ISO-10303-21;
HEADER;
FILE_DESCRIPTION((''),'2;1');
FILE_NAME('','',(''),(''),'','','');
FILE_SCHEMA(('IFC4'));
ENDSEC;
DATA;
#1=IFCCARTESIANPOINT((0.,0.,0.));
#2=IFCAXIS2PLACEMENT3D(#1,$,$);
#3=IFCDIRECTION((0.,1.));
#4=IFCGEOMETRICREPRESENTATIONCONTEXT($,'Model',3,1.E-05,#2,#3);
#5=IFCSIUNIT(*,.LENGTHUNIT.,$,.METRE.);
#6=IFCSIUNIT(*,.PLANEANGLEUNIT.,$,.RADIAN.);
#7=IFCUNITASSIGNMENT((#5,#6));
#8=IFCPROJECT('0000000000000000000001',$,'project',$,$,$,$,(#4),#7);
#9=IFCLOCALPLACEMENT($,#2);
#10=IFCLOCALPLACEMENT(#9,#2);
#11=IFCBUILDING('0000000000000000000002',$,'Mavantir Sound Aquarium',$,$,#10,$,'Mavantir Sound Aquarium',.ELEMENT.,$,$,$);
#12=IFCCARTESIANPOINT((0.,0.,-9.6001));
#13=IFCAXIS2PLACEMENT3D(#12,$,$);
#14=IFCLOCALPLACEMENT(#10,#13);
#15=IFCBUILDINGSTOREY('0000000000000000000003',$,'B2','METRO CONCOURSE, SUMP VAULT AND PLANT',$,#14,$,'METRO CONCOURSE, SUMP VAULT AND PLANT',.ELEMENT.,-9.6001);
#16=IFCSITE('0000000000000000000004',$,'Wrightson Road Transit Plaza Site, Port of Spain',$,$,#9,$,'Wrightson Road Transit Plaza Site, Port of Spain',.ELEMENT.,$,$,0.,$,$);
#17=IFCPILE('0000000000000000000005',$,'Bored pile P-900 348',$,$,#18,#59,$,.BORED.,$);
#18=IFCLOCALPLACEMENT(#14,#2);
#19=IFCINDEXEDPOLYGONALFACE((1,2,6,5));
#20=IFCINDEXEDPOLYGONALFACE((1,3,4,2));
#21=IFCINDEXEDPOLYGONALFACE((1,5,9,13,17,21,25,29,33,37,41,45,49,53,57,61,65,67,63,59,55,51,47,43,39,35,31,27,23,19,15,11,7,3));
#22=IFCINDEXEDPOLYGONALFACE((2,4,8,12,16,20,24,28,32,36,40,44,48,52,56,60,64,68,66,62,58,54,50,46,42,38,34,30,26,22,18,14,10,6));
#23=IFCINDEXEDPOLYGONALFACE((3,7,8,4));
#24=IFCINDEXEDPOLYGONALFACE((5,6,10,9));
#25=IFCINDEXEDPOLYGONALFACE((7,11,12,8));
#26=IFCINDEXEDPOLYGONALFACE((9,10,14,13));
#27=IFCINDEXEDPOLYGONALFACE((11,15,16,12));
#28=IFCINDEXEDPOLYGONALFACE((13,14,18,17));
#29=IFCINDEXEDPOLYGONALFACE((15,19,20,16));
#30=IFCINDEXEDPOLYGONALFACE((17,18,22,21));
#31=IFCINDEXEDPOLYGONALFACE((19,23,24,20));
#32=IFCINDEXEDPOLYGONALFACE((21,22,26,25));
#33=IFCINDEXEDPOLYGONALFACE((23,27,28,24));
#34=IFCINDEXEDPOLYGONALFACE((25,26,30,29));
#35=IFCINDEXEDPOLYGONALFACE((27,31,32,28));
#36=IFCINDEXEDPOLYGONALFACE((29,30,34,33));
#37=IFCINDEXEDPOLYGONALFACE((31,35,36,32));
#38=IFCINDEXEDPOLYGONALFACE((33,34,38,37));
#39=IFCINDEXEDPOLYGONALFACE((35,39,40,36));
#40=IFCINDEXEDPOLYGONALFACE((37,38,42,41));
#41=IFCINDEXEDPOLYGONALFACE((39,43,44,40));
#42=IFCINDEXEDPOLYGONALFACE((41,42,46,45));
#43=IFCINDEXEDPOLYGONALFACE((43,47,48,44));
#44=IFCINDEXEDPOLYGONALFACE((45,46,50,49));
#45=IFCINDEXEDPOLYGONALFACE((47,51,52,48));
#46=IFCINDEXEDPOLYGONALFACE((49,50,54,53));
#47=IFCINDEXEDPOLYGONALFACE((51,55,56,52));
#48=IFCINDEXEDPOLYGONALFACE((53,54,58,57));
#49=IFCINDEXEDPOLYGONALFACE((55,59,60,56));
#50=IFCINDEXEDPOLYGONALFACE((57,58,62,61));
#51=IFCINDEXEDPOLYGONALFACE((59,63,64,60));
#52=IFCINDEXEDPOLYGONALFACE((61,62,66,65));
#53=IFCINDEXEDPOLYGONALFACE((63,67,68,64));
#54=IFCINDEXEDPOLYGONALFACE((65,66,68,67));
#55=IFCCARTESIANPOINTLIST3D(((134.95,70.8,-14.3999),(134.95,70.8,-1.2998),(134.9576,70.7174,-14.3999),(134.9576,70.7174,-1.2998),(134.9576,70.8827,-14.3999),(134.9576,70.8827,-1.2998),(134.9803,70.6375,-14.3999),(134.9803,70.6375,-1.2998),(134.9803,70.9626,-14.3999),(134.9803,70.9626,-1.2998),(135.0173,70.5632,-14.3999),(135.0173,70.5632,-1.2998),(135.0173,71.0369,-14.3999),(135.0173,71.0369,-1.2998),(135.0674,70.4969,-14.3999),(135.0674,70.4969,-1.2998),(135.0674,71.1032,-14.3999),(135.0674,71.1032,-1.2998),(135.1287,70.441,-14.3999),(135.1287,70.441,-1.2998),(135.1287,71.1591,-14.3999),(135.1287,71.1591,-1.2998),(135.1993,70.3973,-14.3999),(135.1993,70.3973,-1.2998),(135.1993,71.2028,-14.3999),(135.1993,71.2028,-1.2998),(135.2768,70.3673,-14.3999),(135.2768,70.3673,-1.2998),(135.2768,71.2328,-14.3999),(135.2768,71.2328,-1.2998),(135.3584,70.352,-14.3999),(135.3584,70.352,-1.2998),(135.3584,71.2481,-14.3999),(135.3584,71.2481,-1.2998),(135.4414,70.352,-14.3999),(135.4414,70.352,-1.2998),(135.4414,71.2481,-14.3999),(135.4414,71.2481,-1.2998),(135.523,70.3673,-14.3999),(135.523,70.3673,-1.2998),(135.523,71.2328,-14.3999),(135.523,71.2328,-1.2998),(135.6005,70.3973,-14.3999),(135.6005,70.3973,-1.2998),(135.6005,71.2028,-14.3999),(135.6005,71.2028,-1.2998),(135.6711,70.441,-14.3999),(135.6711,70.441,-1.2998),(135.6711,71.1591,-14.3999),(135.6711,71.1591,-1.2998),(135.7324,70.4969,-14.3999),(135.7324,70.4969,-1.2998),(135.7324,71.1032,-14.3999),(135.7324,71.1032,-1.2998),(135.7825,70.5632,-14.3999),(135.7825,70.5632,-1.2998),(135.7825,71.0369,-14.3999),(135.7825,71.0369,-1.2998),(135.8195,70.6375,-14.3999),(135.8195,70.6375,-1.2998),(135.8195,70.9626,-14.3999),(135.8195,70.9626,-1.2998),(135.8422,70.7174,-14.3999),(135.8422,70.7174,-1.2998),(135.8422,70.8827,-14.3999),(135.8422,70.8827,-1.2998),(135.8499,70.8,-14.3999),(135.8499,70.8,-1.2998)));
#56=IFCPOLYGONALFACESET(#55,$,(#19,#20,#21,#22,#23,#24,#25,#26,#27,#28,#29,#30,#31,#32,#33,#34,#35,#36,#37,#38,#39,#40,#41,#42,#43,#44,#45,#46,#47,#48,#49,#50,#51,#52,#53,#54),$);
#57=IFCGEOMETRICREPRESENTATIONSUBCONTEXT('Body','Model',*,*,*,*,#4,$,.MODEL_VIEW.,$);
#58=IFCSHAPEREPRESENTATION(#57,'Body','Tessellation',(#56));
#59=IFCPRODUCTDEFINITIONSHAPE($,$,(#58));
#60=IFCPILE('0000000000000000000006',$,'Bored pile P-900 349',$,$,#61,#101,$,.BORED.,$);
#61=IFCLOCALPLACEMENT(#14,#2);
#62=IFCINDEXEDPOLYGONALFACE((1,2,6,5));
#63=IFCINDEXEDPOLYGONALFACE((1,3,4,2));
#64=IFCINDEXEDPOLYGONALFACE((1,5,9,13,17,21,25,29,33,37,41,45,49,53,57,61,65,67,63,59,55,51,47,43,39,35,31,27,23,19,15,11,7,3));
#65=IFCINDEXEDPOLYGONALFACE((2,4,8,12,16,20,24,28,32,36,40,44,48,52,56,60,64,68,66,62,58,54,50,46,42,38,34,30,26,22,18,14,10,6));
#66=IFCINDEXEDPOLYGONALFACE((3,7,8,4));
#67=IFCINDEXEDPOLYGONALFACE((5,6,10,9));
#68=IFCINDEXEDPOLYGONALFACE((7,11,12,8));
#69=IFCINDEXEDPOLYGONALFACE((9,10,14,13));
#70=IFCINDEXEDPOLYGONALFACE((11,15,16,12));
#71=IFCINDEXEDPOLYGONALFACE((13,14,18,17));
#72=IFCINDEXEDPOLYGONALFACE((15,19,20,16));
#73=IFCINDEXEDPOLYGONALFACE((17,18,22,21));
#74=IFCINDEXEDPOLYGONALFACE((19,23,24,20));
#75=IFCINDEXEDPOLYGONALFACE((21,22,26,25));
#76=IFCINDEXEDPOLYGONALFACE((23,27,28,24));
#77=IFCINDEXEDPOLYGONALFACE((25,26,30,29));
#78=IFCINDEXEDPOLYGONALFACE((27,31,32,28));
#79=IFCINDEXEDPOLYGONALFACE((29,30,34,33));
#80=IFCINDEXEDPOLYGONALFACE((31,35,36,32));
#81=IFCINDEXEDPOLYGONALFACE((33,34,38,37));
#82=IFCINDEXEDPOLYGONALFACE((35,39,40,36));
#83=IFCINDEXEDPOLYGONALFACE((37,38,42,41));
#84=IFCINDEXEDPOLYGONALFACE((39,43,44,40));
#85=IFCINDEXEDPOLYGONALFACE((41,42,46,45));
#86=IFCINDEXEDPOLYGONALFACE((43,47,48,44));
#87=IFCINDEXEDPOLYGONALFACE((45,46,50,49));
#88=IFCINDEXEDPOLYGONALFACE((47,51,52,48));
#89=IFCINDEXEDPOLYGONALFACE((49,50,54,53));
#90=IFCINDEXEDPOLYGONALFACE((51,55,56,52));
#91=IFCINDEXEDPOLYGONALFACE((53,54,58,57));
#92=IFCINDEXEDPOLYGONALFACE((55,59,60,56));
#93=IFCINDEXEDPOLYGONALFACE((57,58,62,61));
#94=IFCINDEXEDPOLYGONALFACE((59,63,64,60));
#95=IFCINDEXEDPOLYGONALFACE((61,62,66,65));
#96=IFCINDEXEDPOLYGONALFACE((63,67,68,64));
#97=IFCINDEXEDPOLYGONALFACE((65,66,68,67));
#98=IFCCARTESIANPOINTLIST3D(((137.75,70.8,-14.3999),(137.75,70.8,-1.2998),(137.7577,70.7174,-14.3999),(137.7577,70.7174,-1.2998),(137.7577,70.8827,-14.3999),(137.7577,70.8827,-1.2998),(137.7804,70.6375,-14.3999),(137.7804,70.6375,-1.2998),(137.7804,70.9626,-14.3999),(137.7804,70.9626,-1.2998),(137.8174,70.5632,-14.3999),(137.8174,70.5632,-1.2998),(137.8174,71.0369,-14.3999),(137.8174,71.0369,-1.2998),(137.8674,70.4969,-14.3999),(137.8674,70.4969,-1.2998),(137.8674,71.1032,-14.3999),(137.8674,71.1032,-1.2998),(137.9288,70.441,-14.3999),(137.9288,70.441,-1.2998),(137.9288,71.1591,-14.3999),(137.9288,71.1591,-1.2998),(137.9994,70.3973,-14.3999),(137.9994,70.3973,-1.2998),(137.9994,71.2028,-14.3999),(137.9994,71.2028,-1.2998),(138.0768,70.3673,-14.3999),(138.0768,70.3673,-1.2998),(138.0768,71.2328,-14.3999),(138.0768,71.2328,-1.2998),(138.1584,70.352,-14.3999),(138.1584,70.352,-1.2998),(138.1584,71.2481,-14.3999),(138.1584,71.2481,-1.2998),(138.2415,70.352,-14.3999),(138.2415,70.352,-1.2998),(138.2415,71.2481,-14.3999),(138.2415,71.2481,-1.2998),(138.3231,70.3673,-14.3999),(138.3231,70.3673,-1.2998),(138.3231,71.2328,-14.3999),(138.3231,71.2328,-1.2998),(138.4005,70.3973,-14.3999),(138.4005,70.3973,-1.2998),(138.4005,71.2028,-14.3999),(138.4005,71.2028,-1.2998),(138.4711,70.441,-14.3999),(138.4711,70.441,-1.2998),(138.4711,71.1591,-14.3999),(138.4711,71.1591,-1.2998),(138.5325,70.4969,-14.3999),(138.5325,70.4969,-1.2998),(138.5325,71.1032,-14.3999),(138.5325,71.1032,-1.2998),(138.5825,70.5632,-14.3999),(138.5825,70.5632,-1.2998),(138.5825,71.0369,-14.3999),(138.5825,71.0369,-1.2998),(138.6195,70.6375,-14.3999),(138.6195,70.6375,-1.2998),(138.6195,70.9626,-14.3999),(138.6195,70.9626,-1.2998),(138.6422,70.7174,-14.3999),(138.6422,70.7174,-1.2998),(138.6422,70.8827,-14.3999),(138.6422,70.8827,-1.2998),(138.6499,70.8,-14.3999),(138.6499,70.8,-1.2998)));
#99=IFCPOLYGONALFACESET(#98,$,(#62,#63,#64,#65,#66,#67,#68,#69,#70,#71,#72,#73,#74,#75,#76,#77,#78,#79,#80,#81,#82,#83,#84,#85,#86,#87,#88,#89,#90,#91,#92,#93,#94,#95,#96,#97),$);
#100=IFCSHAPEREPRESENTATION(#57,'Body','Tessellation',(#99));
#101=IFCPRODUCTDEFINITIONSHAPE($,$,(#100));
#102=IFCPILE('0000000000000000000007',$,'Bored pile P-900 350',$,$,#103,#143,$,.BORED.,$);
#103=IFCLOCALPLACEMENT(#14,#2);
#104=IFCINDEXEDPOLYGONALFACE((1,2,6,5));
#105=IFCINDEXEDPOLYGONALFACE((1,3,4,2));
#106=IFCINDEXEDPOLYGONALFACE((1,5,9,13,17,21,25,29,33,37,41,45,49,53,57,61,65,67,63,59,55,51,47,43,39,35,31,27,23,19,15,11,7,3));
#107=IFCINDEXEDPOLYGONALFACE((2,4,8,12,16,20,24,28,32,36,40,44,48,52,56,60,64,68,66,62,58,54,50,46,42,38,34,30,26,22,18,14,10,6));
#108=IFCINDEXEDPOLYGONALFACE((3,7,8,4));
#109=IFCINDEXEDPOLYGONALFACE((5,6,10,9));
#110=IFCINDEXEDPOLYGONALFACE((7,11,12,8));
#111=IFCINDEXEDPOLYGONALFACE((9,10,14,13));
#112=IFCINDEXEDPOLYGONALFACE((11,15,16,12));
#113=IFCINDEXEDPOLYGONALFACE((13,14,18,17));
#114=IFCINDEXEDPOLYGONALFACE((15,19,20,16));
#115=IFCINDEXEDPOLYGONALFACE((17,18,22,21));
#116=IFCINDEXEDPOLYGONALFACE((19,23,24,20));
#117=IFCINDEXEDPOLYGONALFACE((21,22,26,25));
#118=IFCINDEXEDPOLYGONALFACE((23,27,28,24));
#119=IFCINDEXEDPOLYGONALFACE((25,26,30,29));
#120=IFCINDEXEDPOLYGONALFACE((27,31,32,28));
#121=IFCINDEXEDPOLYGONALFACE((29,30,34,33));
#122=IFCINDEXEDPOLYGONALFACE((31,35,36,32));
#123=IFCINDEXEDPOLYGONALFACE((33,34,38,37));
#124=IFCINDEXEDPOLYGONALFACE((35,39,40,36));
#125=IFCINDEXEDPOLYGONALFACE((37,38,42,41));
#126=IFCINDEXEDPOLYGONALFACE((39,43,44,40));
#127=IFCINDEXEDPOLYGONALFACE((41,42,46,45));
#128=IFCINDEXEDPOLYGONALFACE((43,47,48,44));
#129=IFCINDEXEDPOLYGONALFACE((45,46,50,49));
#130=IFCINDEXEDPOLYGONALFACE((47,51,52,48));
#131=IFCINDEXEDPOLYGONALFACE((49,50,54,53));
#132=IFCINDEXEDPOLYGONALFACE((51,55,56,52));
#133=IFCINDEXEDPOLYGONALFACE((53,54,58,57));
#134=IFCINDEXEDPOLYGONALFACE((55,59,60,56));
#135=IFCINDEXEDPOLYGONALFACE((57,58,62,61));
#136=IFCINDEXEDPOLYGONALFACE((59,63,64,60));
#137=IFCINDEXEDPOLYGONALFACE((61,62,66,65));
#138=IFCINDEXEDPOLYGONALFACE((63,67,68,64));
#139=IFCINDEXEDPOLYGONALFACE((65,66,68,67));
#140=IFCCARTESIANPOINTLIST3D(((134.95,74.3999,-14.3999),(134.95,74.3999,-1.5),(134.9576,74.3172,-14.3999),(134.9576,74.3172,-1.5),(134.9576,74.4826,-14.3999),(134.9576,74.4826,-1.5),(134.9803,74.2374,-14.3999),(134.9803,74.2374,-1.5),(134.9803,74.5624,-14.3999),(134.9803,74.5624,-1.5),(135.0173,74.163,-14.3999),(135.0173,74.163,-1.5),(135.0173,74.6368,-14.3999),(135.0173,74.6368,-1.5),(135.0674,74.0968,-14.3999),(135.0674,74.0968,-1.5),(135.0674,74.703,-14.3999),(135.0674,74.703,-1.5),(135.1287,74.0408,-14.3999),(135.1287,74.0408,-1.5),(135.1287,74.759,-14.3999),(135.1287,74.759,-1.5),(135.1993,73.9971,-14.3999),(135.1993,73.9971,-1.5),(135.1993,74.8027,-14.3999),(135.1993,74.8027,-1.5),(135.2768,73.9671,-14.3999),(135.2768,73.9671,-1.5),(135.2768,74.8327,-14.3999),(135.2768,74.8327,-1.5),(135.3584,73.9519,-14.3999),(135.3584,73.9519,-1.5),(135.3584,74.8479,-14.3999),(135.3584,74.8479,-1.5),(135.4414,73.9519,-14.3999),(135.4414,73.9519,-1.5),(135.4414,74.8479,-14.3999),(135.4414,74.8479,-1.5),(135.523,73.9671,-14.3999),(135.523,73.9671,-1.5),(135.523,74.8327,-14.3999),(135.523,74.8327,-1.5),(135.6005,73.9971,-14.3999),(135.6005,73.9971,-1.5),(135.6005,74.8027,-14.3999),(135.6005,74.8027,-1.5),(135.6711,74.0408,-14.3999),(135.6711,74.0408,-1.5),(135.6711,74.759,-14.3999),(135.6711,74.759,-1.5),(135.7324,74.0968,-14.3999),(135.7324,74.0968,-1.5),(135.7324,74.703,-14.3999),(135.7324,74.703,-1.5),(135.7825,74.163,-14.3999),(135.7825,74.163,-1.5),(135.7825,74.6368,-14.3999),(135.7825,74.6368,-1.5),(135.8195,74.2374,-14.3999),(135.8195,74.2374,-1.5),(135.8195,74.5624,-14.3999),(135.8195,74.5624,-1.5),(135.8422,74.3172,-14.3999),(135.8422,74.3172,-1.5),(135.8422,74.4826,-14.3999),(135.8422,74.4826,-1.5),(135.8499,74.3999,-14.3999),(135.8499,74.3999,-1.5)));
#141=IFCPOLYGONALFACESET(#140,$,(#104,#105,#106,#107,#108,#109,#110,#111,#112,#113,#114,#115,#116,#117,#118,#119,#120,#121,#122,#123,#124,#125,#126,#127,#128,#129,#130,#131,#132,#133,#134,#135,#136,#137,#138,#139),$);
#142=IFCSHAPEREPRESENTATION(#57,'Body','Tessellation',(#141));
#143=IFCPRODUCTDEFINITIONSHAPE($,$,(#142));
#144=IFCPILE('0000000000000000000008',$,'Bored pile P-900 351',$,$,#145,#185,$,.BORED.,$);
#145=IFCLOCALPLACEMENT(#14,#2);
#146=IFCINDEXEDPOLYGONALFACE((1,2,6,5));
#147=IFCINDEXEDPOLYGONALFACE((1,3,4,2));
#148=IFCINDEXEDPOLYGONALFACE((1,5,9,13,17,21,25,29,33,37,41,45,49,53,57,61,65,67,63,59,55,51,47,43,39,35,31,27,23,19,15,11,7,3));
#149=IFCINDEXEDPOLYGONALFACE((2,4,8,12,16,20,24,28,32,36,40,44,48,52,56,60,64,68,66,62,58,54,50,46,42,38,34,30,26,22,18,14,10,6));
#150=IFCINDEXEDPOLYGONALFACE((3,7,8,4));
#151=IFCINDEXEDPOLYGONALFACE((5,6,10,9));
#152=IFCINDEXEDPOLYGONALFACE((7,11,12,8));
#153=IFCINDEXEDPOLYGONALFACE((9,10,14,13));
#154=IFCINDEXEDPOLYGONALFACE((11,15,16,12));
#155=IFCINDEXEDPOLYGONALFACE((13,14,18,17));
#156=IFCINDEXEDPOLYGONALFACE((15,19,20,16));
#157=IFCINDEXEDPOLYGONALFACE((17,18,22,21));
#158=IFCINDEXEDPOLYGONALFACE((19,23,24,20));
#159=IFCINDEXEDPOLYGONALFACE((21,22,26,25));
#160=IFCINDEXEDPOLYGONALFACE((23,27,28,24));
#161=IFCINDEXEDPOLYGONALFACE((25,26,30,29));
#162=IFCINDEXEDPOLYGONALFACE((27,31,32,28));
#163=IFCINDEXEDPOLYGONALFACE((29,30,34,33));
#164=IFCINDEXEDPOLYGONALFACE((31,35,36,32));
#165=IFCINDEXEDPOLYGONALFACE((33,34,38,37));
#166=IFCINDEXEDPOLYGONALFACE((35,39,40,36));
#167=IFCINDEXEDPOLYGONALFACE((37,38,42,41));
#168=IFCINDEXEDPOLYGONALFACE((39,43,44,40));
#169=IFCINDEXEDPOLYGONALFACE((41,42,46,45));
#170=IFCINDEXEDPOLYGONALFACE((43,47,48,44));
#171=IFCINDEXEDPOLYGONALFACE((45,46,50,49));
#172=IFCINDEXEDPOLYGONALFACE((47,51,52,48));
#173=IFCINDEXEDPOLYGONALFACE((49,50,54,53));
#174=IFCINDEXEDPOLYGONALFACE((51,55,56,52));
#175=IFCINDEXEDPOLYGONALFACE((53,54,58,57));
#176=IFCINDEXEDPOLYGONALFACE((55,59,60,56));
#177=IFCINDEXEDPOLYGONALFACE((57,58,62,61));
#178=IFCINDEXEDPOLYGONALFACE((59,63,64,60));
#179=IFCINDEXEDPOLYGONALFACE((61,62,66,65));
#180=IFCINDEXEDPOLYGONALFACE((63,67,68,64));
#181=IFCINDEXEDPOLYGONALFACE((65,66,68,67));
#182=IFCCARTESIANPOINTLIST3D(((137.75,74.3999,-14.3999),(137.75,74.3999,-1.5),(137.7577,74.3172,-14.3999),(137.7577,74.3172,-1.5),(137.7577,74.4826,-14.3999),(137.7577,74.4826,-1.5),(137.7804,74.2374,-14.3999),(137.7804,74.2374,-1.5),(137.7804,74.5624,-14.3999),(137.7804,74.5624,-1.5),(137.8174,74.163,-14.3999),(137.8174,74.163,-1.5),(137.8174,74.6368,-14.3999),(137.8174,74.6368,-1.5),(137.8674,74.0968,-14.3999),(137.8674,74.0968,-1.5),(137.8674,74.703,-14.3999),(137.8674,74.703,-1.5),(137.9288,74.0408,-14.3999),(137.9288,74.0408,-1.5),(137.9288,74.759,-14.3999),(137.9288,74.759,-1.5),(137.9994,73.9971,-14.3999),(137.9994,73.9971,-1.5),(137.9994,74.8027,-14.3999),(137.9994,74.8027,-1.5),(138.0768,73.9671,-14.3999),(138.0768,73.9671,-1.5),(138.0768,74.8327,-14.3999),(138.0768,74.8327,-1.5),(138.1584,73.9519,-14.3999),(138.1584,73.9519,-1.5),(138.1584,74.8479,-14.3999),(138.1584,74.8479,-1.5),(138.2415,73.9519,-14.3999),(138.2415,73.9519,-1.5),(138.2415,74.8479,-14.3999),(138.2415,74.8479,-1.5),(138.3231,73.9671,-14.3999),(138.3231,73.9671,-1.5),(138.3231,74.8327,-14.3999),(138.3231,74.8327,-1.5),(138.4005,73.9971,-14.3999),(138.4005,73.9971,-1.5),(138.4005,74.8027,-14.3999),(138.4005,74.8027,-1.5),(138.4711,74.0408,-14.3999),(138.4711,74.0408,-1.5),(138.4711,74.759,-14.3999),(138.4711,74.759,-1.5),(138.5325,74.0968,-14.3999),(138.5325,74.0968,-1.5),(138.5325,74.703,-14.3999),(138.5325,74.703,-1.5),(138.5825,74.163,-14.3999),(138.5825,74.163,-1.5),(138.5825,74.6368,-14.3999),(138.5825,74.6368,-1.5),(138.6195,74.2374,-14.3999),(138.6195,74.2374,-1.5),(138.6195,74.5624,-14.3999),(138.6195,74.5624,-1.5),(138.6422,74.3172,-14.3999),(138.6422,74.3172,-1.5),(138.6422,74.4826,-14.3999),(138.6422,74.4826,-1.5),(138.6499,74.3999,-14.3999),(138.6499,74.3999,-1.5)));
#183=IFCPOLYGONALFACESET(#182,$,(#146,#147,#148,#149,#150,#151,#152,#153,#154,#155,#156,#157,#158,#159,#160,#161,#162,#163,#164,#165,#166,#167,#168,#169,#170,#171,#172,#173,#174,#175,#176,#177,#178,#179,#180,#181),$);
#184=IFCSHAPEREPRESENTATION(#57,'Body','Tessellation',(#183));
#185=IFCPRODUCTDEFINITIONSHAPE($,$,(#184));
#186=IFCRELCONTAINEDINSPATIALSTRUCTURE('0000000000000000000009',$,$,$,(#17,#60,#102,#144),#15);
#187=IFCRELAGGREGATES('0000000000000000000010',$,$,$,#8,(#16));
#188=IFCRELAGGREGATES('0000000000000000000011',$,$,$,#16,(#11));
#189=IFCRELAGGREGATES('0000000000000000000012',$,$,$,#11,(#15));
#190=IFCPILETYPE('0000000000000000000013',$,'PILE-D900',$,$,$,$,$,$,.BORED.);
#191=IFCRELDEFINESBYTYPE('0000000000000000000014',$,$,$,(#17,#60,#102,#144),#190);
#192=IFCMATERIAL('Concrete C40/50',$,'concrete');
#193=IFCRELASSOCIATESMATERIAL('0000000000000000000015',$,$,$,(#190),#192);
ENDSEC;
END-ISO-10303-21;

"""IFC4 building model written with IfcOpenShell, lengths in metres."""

from ifc_helpers import new_model, si_unit, direction, frame, origin, origin_2d, place, context, subcontext, project, spatial, circle, extrude, material, material_profile, profile_set, type_object, element, save


model = new_model("IFC4")

# Units and contexts
model_context = context("Model", 3, precision=1e-05, world=origin(), true_north=direction((0.0, 1.0)))
body_context = subcontext(model_context, "Body", "Model", "MODEL_VIEW")
ifc_project = project(units=[si_unit("LENGTHUNIT", "METRE"), si_unit("PLANEANGLEUNIT", "RADIAN")], contexts=[model_context])

# Site, building, storey
site_placement = place(None, origin())
site = spatial("IfcSite", under=ifc_project, at=site_placement, Name="Wrightson Road Transit Plaza Site, Port of Spain", LongName="Wrightson Road Transit Plaza Site, Port of Spain", CompositionType="ELEMENT", RefElevation=0.0)
building_placement = place(site_placement, origin())
building = spatial("IfcBuilding", under=site, at=building_placement, Name="Mavantir Sound Aquarium", LongName="Mavantir Sound Aquarium", CompositionType="ELEMENT")
storey_placement = place(building_placement, frame((0.0, 0.0, -9.6001)))
storey = spatial("IfcBuildingStorey", under=building, at=storey_placement, Name="B2", Description="METRO CONCOURSE, SUMP VAULT AND PLANT", LongName="METRO CONCOURSE, SUMP VAULT AND PLANT", CompositionType="ELEMENT", Elevation=-9.6001)

# Shared definitions
ifc_material = material(Name="Concrete C40/50", Category="concrete")

# Piles
ifc_material_profile_1 = material_profile(ifc_material, circle(Radius=0.45, at=origin_2d()), Name="PILE D900")
ifc_profile_set_1 = profile_set([ifc_material_profile_1], Name="Concrete C40/50")
pile_type = type_object("IfcPileType", Name="PILE-D900", PredefinedType="BORED", material=ifc_profile_set_1)
for number, where, z_axis, x_axis, name in (
    (1, (135.3999, 70.8, -1.2998), (0.0, 0.0, -1.0), (1.0, 0.0, 0.0), "Bored pile P-900 348"),
    (2, (138.2, 70.8, -1.2998), (0.0, 0.0, -1.0), (1.0, 0.0, 0.0), "Bored pile P-900 349"),
):
    element("IfcPile", number, at=place(storey_placement, frame(where, z_axis=z_axis, x_axis=x_axis)), inside=storey, type_object=pile_type, Name=name, PredefinedType="BORED", context=body_context, shape_type="SweptSolid", body=[
        extrude(circle(Radius=0.45, at=origin_2d()), origin(), (0.0, 0.0, 1.0), 13.1001),
    ])
for number, where, z_axis, x_axis, name in (
    (3, (135.3999, 74.3999, -1.5), (0.0, 0.0, -1.0), (1.0, 0.0, 0.0), "Bored pile P-900 350"),
    (4, (138.2, 74.3999, -1.5), (0.0, 0.0, -1.0), (1.0, 0.0, 0.0), "Bored pile P-900 351"),
):
    element("IfcPile", number, at=place(storey_placement, frame(where, z_axis=z_axis, x_axis=x_axis)), inside=storey, type_object=pile_type, Name=name, PredefinedType="BORED", context=body_context, shape_type="SweptSolid", body=[
        extrude(circle(Radius=0.45, at=origin_2d()), origin(), (0.0, 0.0, 1.0), 12.8999),
    ])

save(model, "model.ifc")
